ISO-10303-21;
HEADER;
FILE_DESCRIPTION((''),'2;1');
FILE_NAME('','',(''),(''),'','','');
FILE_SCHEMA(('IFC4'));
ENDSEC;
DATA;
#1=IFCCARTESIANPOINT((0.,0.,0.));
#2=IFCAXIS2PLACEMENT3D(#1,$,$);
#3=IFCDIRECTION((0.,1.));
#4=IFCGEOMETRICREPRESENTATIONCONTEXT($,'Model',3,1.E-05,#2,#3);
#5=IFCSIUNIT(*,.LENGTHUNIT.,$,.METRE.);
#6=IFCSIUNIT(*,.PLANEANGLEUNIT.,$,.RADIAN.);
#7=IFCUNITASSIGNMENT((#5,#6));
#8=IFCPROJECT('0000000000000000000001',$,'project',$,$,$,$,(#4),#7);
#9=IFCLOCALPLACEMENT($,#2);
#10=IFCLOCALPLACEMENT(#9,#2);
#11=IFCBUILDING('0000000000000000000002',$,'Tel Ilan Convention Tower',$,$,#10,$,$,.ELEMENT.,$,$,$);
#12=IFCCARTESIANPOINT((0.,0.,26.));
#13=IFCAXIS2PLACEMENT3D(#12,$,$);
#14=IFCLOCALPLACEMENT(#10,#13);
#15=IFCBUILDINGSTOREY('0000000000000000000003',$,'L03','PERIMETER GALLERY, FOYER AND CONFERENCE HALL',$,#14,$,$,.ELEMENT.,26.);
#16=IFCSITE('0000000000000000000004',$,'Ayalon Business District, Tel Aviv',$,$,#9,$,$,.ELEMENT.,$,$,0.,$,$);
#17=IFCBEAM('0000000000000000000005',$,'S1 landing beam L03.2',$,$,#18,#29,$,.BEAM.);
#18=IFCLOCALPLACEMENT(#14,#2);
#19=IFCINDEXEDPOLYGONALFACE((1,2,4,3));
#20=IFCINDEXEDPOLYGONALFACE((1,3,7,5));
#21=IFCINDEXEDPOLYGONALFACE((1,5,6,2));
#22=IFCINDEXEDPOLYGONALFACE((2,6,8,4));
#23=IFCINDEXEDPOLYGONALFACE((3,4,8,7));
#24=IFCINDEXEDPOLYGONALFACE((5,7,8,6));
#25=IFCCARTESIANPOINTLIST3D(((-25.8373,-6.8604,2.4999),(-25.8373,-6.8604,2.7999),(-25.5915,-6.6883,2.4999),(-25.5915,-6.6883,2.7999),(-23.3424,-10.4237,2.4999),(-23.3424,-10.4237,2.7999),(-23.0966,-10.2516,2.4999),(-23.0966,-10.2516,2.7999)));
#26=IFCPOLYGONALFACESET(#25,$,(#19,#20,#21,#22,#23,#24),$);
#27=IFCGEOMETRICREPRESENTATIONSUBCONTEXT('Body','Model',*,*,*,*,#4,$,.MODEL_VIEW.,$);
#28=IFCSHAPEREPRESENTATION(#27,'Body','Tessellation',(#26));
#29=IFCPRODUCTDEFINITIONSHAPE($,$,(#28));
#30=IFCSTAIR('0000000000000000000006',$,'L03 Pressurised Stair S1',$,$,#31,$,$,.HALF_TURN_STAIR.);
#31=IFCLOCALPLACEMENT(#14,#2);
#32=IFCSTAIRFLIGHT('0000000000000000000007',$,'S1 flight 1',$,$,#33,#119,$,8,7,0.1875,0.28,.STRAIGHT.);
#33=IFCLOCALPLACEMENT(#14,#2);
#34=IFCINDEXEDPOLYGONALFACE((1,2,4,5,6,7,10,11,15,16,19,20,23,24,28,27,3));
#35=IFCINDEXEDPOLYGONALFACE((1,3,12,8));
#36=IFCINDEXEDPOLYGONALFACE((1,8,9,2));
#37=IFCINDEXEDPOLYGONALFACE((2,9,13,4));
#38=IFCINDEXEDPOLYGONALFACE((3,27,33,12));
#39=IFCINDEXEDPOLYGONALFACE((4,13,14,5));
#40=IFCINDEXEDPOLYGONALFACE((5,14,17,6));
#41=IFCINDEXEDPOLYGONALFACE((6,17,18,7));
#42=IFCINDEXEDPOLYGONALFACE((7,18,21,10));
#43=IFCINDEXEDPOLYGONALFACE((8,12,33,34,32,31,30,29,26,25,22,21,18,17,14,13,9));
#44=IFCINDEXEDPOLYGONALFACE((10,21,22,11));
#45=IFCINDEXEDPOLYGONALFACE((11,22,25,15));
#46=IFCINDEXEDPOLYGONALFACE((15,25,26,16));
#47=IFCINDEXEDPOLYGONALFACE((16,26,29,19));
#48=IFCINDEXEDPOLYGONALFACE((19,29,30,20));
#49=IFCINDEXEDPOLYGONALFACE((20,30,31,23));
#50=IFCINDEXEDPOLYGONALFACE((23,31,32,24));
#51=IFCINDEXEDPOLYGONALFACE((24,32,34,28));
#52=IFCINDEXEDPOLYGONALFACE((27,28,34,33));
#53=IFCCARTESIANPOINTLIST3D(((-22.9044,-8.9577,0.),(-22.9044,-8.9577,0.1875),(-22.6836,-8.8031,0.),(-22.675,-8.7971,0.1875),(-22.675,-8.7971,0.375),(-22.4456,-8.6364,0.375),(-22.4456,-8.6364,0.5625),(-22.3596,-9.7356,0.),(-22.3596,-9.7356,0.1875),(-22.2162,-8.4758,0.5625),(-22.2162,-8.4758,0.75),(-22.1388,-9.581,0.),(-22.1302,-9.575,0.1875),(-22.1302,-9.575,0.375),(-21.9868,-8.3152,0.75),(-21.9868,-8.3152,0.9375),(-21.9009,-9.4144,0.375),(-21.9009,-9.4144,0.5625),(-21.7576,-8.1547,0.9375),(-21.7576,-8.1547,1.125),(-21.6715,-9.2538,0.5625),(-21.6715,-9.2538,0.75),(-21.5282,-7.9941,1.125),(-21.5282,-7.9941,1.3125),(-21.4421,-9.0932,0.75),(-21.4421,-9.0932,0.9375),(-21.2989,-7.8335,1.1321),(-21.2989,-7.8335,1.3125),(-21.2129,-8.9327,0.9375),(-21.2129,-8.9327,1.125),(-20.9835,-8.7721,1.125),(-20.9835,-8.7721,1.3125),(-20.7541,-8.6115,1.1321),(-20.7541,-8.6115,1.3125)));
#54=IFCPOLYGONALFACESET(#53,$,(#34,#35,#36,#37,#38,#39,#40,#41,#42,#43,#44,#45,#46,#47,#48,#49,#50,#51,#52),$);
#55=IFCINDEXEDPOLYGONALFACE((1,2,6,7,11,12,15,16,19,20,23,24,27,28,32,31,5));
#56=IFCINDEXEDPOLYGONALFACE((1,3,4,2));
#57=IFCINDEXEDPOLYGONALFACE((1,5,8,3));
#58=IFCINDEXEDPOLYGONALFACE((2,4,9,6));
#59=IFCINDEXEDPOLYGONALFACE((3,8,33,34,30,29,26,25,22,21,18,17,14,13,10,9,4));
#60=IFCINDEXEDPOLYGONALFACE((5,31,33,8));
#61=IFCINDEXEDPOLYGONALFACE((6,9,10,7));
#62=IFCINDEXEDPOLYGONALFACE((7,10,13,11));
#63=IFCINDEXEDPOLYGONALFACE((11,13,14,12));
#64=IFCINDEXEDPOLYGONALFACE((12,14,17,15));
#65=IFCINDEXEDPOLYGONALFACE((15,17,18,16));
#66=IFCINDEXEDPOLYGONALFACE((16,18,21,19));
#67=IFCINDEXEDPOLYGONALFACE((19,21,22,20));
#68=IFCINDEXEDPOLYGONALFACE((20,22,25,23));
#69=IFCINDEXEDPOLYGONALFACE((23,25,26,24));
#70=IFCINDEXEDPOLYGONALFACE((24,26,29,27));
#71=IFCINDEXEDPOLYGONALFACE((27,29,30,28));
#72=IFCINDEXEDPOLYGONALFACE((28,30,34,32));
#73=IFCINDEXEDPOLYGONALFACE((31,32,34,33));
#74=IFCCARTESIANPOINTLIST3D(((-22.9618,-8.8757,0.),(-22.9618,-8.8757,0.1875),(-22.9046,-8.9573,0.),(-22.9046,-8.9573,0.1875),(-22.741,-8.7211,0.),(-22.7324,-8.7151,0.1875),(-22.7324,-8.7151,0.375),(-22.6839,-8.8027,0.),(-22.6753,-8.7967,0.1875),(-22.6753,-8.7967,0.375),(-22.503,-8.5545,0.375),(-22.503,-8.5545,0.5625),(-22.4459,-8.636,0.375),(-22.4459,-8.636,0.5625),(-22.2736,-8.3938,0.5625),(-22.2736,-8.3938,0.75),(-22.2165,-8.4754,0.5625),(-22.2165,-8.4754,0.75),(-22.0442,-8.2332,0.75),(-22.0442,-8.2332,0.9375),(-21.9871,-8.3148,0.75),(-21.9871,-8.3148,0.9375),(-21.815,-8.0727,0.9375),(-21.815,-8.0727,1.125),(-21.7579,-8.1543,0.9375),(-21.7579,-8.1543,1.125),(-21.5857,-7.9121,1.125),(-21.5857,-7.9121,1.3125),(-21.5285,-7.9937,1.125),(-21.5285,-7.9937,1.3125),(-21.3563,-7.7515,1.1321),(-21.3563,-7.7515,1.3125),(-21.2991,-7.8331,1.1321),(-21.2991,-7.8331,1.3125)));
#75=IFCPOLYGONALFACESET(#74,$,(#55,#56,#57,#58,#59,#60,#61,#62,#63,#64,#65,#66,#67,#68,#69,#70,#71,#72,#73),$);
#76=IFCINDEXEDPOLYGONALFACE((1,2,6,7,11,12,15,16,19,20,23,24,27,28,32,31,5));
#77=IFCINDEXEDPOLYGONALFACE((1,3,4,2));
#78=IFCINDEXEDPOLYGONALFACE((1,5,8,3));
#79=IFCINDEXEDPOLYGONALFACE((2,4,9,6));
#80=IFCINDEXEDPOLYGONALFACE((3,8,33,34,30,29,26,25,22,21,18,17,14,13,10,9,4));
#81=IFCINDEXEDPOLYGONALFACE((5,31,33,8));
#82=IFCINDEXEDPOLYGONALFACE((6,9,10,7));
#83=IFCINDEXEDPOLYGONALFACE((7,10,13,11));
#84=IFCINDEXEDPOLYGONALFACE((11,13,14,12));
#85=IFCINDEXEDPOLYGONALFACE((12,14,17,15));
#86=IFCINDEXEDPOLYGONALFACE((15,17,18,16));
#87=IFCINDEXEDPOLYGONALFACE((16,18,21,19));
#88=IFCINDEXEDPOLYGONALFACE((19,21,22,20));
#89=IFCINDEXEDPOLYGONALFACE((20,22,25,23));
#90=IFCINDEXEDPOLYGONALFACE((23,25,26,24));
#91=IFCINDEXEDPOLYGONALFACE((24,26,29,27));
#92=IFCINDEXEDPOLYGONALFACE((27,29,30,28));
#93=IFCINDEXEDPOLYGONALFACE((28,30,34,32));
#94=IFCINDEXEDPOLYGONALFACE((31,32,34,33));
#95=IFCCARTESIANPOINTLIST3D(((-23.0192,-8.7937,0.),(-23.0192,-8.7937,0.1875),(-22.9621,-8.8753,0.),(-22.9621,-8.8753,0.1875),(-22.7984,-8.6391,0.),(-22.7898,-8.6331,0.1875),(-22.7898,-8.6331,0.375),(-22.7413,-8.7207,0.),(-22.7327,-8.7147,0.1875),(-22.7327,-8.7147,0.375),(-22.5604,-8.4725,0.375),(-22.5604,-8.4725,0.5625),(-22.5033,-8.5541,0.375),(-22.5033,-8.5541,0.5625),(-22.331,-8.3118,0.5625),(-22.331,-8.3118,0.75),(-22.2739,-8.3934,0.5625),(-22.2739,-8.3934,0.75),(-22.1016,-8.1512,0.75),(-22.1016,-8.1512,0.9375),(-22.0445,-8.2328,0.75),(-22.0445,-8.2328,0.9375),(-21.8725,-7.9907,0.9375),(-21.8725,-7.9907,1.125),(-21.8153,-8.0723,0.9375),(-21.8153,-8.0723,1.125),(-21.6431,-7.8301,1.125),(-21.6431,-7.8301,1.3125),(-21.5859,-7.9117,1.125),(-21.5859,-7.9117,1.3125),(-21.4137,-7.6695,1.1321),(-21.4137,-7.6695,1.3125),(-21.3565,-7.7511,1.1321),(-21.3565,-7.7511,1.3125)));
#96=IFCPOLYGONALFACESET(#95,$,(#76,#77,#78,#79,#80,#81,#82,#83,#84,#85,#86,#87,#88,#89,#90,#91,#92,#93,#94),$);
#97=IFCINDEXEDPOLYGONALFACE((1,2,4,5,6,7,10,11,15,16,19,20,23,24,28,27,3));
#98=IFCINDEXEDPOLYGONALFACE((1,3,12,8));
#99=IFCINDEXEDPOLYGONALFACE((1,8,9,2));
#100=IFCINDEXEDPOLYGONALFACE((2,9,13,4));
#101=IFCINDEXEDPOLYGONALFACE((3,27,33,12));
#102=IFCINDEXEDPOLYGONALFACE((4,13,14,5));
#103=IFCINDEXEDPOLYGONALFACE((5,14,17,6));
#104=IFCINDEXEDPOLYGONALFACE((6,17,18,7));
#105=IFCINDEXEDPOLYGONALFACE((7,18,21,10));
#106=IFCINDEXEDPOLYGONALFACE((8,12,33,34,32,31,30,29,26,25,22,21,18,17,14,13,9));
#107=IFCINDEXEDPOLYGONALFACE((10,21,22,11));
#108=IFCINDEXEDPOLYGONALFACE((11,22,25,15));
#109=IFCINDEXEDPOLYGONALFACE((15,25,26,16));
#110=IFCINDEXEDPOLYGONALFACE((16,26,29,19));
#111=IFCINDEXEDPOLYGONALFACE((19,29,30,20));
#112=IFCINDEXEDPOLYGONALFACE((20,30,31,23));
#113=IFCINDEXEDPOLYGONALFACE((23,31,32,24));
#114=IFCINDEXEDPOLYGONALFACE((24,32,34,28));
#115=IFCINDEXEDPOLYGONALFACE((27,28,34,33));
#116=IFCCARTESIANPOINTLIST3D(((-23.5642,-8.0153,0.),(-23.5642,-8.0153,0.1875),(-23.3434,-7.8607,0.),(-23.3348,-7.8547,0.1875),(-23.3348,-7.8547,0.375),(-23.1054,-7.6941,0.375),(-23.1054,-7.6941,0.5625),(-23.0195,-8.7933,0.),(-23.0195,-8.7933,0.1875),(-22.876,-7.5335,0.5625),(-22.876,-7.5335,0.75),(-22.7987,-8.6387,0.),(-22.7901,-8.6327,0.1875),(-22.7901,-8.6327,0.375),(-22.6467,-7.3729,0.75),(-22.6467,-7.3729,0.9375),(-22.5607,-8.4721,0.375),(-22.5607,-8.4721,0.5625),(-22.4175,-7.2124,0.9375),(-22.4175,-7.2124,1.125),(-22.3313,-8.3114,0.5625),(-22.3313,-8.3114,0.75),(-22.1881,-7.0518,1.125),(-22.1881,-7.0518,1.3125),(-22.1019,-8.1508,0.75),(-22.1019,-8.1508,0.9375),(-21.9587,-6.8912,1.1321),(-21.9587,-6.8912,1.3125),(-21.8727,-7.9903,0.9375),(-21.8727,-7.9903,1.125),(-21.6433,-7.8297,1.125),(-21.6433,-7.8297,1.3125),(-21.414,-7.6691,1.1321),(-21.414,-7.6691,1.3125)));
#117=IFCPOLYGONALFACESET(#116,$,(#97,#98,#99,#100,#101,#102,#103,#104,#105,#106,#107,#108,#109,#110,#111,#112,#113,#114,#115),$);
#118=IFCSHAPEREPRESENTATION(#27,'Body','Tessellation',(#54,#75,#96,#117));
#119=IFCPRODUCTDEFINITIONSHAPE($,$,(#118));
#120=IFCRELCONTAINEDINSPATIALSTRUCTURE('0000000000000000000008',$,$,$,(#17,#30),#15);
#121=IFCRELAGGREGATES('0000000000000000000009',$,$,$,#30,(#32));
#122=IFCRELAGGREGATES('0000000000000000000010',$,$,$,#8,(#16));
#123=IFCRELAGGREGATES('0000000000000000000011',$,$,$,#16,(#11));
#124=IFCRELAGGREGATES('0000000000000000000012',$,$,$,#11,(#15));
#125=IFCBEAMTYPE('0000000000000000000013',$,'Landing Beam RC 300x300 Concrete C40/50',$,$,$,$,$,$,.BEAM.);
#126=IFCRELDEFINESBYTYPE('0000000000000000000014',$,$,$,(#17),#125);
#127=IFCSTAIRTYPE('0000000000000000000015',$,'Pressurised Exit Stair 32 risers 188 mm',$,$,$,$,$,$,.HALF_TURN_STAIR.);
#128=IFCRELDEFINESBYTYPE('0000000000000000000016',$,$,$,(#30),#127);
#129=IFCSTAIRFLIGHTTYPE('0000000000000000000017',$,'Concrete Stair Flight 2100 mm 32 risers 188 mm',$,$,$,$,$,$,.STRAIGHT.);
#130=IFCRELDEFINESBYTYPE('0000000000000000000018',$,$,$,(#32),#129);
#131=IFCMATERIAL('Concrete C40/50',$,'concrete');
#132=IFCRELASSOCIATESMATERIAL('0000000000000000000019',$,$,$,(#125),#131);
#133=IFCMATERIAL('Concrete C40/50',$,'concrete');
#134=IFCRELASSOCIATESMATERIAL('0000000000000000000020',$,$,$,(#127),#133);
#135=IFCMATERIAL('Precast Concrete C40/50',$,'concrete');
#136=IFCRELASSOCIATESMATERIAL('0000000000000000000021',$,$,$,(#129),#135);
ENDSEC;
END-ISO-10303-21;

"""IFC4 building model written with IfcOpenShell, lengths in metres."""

from ifc_helpers import new_model, si_unit, direction, frame, origin, origin_2d, place, context, subcontext, project, spatial, polyline, rectangle, outline, extrude, material, material_profile, profile_set, type_object, element, aggregate, save


model = new_model("IFC4")

# Units and contexts
model_context = context("Model", 3, precision=1e-05, world=origin(), true_north=direction((0.0, 1.0)))
body_context = subcontext(model_context, "Body", "Model", "MODEL_VIEW")
ifc_project = project(units=[si_unit("LENGTHUNIT", "METRE"), si_unit("PLANEANGLEUNIT", "RADIAN")], contexts=[model_context])

# Site, building, storey
site_placement = place(None, origin())
site = spatial("IfcSite", under=ifc_project, at=site_placement, Name="Ayalon Business District, Tel Aviv", CompositionType="ELEMENT", RefElevation=0.0)
building_placement = place(site_placement, origin())
building = spatial("IfcBuilding", under=site, at=building_placement, Name="Tel Ilan Convention Tower", CompositionType="ELEMENT")
storey_placement = place(building_placement, frame((0.0, 0.0, 26.0)))
storey = spatial("IfcBuildingStorey", under=building, at=storey_placement, Name="L03", Description="PERIMETER GALLERY, FOYER AND CONFERENCE HALL", CompositionType="ELEMENT", Elevation=26.0)

# Beam
ifc_material_1 = material(Name="Concrete C40/50", Category="concrete")
ifc_material_profile = material_profile(ifc_material_1, rectangle(XDim=0.3, YDim=0.3, at=origin_2d()), Name="RC 300x300")
ifc_profile_set = profile_set([ifc_material_profile], Name="Concrete C40/50")
beam_type = type_object("IfcBeamType", Name="Landing Beam RC 300x300 Concrete C40/50", PredefinedType="BEAM", material=ifc_profile_set)
beam_placement = place(storey_placement, frame((-23.2195, -10.3376, 2.6499), z_axis=(-0.573557, 0.819166, 0.0), x_axis=(-0.819166, -0.573557, 0.0)))
element("IfcBeam", 1, at=beam_placement, inside=storey, type_object=beam_type, Name="S1 landing beam L03.2", PredefinedType="BEAM", context=body_context, shape_type="SweptSolid", body=[
    extrude(rectangle(XDim=0.3, YDim=0.3, at=origin_2d()), origin(), (0.0, 0.0, 1.0), 4.3499),
])

# Stair, stair flight
ifc_material_2 = material(Name="Concrete C40/50", Category="concrete")
stair_type = type_object("IfcStairType", Name="Pressurised Exit Stair 32 risers 188 mm", PredefinedType="HALF_TURN_STAIR", material=ifc_material_2)
stair_placement = place(storey_placement, origin())
stair = element("IfcStair", 2, at=stair_placement, inside=storey, type_object=stair_type, Name="L03 Pressurised Stair S1", PredefinedType="HALF_TURN_STAIR")
ifc_material_3 = material(Name="Precast Concrete C40/50", Category="concrete")
stair_flight_type = type_object("IfcStairFlightType", Name="Concrete Stair Flight 2100 mm 32 risers 188 mm", PredefinedType="STRAIGHT", material=ifc_material_3)
stair_flight_placement = place(storey_placement, frame((-22.9619, -8.8755, 0.0), z_axis=(0.0, 0.0, 1.0), x_axis=(0.819152, 0.573576, 0.0)))
stair_flight = element("IfcStairFlight", 3, at=stair_flight_placement, type_object=stair_flight_type, Name="S1 flight 1", NumberOfRisers=8, NumberOfTreads=7, PredefinedType="STRAIGHT", RiserHeight=0.1875, TreadLength=0.28, context=body_context, shape_type="SweptSolid", body=[
    extrude(outline(polyline([(0.0, 0.0), (0.0, 0.1875), (0.28, 0.1875), (0.28, 0.375), (0.5601, 0.375), (0.5601, 0.5625), (0.8401, 0.5625), (0.8401, 0.75), (1.1201, 0.75), (1.1201, 0.9375), (1.3999, 0.9375), (1.3999, 1.125), (1.6799, 1.125), (1.6799, 1.3125), (1.96, 1.3125), (1.96, 1.5), (1.96, 1.1321), (0.2695, 0.0), (0.0, 0.0)])), frame((0.0, -0.1003, 0.0), z_axis=(0.0, -1.0, 0.0), x_axis=(1.0, 0.0, 0.0)), (0.0, 0.0, 1.0), 0.9497),
    extrude(outline(polyline([(0.0, 0.0), (0.0, 0.1875), (0.28, 0.1875), (0.28, 0.375), (0.5601, 0.375), (0.5601, 0.5625), (0.8401, 0.5625), (0.8401, 0.75), (1.1201, 0.75), (1.1201, 0.9375), (1.3999, 0.9375), (1.3999, 1.125), (1.6799, 1.125), (1.6799, 1.3125), (1.96, 1.3125), (1.96, 1.5), (1.96, 1.1321), (0.2695, 0.0), (0.0, 0.0)])), frame((0.0, -0.0002, 0.0), z_axis=(0.0, -1.0, 0.0), x_axis=(1.0, 0.0, 0.0)), (0.0, 0.0, 1.0), 0.0996),
    extrude(outline(polyline([(0.0, 0.0), (0.0, 0.1875), (0.28, 0.1875), (0.28, 0.375), (0.5601, 0.375), (0.5601, 0.5625), (0.8401, 0.5625), (0.8401, 0.75), (1.1201, 0.75), (1.1201, 0.9375), (1.3999, 0.9375), (1.3999, 1.125), (1.6799, 1.125), (1.6799, 1.3125), (1.96, 1.3125), (1.96, 1.5), (1.96, 1.1321), (0.2695, 0.0), (0.0, 0.0)])), frame((0.0, 0.0999, 0.0), z_axis=(0.0, -1.0, 0.0), x_axis=(1.0, 0.0, 0.0)), (0.0, 0.0, 1.0), 0.0996),
    extrude(outline(polyline([(0.0, 0.0), (0.0, 0.1875), (0.28, 0.1875), (0.28, 0.375), (0.5601, 0.375), (0.5601, 0.5625), (0.8401, 0.5625), (0.8401, 0.75), (1.1201, 0.75), (1.1201, 0.9375), (1.3999, 0.9375), (1.3999, 1.125), (1.6799, 1.125), (1.6799, 1.3125), (1.96, 1.3125), (1.96, 1.5), (1.96, 1.1321), (0.2695, 0.0), (0.0, 0.0)])), frame((0.0, 1.05, 0.0), z_axis=(0.0, -1.0, 0.0), x_axis=(1.0, 0.0, 0.0)), (0.0, 0.0, 1.0), 0.9497),
])
aggregate(stair, [stair_flight])

save(model, "model.ifc")
